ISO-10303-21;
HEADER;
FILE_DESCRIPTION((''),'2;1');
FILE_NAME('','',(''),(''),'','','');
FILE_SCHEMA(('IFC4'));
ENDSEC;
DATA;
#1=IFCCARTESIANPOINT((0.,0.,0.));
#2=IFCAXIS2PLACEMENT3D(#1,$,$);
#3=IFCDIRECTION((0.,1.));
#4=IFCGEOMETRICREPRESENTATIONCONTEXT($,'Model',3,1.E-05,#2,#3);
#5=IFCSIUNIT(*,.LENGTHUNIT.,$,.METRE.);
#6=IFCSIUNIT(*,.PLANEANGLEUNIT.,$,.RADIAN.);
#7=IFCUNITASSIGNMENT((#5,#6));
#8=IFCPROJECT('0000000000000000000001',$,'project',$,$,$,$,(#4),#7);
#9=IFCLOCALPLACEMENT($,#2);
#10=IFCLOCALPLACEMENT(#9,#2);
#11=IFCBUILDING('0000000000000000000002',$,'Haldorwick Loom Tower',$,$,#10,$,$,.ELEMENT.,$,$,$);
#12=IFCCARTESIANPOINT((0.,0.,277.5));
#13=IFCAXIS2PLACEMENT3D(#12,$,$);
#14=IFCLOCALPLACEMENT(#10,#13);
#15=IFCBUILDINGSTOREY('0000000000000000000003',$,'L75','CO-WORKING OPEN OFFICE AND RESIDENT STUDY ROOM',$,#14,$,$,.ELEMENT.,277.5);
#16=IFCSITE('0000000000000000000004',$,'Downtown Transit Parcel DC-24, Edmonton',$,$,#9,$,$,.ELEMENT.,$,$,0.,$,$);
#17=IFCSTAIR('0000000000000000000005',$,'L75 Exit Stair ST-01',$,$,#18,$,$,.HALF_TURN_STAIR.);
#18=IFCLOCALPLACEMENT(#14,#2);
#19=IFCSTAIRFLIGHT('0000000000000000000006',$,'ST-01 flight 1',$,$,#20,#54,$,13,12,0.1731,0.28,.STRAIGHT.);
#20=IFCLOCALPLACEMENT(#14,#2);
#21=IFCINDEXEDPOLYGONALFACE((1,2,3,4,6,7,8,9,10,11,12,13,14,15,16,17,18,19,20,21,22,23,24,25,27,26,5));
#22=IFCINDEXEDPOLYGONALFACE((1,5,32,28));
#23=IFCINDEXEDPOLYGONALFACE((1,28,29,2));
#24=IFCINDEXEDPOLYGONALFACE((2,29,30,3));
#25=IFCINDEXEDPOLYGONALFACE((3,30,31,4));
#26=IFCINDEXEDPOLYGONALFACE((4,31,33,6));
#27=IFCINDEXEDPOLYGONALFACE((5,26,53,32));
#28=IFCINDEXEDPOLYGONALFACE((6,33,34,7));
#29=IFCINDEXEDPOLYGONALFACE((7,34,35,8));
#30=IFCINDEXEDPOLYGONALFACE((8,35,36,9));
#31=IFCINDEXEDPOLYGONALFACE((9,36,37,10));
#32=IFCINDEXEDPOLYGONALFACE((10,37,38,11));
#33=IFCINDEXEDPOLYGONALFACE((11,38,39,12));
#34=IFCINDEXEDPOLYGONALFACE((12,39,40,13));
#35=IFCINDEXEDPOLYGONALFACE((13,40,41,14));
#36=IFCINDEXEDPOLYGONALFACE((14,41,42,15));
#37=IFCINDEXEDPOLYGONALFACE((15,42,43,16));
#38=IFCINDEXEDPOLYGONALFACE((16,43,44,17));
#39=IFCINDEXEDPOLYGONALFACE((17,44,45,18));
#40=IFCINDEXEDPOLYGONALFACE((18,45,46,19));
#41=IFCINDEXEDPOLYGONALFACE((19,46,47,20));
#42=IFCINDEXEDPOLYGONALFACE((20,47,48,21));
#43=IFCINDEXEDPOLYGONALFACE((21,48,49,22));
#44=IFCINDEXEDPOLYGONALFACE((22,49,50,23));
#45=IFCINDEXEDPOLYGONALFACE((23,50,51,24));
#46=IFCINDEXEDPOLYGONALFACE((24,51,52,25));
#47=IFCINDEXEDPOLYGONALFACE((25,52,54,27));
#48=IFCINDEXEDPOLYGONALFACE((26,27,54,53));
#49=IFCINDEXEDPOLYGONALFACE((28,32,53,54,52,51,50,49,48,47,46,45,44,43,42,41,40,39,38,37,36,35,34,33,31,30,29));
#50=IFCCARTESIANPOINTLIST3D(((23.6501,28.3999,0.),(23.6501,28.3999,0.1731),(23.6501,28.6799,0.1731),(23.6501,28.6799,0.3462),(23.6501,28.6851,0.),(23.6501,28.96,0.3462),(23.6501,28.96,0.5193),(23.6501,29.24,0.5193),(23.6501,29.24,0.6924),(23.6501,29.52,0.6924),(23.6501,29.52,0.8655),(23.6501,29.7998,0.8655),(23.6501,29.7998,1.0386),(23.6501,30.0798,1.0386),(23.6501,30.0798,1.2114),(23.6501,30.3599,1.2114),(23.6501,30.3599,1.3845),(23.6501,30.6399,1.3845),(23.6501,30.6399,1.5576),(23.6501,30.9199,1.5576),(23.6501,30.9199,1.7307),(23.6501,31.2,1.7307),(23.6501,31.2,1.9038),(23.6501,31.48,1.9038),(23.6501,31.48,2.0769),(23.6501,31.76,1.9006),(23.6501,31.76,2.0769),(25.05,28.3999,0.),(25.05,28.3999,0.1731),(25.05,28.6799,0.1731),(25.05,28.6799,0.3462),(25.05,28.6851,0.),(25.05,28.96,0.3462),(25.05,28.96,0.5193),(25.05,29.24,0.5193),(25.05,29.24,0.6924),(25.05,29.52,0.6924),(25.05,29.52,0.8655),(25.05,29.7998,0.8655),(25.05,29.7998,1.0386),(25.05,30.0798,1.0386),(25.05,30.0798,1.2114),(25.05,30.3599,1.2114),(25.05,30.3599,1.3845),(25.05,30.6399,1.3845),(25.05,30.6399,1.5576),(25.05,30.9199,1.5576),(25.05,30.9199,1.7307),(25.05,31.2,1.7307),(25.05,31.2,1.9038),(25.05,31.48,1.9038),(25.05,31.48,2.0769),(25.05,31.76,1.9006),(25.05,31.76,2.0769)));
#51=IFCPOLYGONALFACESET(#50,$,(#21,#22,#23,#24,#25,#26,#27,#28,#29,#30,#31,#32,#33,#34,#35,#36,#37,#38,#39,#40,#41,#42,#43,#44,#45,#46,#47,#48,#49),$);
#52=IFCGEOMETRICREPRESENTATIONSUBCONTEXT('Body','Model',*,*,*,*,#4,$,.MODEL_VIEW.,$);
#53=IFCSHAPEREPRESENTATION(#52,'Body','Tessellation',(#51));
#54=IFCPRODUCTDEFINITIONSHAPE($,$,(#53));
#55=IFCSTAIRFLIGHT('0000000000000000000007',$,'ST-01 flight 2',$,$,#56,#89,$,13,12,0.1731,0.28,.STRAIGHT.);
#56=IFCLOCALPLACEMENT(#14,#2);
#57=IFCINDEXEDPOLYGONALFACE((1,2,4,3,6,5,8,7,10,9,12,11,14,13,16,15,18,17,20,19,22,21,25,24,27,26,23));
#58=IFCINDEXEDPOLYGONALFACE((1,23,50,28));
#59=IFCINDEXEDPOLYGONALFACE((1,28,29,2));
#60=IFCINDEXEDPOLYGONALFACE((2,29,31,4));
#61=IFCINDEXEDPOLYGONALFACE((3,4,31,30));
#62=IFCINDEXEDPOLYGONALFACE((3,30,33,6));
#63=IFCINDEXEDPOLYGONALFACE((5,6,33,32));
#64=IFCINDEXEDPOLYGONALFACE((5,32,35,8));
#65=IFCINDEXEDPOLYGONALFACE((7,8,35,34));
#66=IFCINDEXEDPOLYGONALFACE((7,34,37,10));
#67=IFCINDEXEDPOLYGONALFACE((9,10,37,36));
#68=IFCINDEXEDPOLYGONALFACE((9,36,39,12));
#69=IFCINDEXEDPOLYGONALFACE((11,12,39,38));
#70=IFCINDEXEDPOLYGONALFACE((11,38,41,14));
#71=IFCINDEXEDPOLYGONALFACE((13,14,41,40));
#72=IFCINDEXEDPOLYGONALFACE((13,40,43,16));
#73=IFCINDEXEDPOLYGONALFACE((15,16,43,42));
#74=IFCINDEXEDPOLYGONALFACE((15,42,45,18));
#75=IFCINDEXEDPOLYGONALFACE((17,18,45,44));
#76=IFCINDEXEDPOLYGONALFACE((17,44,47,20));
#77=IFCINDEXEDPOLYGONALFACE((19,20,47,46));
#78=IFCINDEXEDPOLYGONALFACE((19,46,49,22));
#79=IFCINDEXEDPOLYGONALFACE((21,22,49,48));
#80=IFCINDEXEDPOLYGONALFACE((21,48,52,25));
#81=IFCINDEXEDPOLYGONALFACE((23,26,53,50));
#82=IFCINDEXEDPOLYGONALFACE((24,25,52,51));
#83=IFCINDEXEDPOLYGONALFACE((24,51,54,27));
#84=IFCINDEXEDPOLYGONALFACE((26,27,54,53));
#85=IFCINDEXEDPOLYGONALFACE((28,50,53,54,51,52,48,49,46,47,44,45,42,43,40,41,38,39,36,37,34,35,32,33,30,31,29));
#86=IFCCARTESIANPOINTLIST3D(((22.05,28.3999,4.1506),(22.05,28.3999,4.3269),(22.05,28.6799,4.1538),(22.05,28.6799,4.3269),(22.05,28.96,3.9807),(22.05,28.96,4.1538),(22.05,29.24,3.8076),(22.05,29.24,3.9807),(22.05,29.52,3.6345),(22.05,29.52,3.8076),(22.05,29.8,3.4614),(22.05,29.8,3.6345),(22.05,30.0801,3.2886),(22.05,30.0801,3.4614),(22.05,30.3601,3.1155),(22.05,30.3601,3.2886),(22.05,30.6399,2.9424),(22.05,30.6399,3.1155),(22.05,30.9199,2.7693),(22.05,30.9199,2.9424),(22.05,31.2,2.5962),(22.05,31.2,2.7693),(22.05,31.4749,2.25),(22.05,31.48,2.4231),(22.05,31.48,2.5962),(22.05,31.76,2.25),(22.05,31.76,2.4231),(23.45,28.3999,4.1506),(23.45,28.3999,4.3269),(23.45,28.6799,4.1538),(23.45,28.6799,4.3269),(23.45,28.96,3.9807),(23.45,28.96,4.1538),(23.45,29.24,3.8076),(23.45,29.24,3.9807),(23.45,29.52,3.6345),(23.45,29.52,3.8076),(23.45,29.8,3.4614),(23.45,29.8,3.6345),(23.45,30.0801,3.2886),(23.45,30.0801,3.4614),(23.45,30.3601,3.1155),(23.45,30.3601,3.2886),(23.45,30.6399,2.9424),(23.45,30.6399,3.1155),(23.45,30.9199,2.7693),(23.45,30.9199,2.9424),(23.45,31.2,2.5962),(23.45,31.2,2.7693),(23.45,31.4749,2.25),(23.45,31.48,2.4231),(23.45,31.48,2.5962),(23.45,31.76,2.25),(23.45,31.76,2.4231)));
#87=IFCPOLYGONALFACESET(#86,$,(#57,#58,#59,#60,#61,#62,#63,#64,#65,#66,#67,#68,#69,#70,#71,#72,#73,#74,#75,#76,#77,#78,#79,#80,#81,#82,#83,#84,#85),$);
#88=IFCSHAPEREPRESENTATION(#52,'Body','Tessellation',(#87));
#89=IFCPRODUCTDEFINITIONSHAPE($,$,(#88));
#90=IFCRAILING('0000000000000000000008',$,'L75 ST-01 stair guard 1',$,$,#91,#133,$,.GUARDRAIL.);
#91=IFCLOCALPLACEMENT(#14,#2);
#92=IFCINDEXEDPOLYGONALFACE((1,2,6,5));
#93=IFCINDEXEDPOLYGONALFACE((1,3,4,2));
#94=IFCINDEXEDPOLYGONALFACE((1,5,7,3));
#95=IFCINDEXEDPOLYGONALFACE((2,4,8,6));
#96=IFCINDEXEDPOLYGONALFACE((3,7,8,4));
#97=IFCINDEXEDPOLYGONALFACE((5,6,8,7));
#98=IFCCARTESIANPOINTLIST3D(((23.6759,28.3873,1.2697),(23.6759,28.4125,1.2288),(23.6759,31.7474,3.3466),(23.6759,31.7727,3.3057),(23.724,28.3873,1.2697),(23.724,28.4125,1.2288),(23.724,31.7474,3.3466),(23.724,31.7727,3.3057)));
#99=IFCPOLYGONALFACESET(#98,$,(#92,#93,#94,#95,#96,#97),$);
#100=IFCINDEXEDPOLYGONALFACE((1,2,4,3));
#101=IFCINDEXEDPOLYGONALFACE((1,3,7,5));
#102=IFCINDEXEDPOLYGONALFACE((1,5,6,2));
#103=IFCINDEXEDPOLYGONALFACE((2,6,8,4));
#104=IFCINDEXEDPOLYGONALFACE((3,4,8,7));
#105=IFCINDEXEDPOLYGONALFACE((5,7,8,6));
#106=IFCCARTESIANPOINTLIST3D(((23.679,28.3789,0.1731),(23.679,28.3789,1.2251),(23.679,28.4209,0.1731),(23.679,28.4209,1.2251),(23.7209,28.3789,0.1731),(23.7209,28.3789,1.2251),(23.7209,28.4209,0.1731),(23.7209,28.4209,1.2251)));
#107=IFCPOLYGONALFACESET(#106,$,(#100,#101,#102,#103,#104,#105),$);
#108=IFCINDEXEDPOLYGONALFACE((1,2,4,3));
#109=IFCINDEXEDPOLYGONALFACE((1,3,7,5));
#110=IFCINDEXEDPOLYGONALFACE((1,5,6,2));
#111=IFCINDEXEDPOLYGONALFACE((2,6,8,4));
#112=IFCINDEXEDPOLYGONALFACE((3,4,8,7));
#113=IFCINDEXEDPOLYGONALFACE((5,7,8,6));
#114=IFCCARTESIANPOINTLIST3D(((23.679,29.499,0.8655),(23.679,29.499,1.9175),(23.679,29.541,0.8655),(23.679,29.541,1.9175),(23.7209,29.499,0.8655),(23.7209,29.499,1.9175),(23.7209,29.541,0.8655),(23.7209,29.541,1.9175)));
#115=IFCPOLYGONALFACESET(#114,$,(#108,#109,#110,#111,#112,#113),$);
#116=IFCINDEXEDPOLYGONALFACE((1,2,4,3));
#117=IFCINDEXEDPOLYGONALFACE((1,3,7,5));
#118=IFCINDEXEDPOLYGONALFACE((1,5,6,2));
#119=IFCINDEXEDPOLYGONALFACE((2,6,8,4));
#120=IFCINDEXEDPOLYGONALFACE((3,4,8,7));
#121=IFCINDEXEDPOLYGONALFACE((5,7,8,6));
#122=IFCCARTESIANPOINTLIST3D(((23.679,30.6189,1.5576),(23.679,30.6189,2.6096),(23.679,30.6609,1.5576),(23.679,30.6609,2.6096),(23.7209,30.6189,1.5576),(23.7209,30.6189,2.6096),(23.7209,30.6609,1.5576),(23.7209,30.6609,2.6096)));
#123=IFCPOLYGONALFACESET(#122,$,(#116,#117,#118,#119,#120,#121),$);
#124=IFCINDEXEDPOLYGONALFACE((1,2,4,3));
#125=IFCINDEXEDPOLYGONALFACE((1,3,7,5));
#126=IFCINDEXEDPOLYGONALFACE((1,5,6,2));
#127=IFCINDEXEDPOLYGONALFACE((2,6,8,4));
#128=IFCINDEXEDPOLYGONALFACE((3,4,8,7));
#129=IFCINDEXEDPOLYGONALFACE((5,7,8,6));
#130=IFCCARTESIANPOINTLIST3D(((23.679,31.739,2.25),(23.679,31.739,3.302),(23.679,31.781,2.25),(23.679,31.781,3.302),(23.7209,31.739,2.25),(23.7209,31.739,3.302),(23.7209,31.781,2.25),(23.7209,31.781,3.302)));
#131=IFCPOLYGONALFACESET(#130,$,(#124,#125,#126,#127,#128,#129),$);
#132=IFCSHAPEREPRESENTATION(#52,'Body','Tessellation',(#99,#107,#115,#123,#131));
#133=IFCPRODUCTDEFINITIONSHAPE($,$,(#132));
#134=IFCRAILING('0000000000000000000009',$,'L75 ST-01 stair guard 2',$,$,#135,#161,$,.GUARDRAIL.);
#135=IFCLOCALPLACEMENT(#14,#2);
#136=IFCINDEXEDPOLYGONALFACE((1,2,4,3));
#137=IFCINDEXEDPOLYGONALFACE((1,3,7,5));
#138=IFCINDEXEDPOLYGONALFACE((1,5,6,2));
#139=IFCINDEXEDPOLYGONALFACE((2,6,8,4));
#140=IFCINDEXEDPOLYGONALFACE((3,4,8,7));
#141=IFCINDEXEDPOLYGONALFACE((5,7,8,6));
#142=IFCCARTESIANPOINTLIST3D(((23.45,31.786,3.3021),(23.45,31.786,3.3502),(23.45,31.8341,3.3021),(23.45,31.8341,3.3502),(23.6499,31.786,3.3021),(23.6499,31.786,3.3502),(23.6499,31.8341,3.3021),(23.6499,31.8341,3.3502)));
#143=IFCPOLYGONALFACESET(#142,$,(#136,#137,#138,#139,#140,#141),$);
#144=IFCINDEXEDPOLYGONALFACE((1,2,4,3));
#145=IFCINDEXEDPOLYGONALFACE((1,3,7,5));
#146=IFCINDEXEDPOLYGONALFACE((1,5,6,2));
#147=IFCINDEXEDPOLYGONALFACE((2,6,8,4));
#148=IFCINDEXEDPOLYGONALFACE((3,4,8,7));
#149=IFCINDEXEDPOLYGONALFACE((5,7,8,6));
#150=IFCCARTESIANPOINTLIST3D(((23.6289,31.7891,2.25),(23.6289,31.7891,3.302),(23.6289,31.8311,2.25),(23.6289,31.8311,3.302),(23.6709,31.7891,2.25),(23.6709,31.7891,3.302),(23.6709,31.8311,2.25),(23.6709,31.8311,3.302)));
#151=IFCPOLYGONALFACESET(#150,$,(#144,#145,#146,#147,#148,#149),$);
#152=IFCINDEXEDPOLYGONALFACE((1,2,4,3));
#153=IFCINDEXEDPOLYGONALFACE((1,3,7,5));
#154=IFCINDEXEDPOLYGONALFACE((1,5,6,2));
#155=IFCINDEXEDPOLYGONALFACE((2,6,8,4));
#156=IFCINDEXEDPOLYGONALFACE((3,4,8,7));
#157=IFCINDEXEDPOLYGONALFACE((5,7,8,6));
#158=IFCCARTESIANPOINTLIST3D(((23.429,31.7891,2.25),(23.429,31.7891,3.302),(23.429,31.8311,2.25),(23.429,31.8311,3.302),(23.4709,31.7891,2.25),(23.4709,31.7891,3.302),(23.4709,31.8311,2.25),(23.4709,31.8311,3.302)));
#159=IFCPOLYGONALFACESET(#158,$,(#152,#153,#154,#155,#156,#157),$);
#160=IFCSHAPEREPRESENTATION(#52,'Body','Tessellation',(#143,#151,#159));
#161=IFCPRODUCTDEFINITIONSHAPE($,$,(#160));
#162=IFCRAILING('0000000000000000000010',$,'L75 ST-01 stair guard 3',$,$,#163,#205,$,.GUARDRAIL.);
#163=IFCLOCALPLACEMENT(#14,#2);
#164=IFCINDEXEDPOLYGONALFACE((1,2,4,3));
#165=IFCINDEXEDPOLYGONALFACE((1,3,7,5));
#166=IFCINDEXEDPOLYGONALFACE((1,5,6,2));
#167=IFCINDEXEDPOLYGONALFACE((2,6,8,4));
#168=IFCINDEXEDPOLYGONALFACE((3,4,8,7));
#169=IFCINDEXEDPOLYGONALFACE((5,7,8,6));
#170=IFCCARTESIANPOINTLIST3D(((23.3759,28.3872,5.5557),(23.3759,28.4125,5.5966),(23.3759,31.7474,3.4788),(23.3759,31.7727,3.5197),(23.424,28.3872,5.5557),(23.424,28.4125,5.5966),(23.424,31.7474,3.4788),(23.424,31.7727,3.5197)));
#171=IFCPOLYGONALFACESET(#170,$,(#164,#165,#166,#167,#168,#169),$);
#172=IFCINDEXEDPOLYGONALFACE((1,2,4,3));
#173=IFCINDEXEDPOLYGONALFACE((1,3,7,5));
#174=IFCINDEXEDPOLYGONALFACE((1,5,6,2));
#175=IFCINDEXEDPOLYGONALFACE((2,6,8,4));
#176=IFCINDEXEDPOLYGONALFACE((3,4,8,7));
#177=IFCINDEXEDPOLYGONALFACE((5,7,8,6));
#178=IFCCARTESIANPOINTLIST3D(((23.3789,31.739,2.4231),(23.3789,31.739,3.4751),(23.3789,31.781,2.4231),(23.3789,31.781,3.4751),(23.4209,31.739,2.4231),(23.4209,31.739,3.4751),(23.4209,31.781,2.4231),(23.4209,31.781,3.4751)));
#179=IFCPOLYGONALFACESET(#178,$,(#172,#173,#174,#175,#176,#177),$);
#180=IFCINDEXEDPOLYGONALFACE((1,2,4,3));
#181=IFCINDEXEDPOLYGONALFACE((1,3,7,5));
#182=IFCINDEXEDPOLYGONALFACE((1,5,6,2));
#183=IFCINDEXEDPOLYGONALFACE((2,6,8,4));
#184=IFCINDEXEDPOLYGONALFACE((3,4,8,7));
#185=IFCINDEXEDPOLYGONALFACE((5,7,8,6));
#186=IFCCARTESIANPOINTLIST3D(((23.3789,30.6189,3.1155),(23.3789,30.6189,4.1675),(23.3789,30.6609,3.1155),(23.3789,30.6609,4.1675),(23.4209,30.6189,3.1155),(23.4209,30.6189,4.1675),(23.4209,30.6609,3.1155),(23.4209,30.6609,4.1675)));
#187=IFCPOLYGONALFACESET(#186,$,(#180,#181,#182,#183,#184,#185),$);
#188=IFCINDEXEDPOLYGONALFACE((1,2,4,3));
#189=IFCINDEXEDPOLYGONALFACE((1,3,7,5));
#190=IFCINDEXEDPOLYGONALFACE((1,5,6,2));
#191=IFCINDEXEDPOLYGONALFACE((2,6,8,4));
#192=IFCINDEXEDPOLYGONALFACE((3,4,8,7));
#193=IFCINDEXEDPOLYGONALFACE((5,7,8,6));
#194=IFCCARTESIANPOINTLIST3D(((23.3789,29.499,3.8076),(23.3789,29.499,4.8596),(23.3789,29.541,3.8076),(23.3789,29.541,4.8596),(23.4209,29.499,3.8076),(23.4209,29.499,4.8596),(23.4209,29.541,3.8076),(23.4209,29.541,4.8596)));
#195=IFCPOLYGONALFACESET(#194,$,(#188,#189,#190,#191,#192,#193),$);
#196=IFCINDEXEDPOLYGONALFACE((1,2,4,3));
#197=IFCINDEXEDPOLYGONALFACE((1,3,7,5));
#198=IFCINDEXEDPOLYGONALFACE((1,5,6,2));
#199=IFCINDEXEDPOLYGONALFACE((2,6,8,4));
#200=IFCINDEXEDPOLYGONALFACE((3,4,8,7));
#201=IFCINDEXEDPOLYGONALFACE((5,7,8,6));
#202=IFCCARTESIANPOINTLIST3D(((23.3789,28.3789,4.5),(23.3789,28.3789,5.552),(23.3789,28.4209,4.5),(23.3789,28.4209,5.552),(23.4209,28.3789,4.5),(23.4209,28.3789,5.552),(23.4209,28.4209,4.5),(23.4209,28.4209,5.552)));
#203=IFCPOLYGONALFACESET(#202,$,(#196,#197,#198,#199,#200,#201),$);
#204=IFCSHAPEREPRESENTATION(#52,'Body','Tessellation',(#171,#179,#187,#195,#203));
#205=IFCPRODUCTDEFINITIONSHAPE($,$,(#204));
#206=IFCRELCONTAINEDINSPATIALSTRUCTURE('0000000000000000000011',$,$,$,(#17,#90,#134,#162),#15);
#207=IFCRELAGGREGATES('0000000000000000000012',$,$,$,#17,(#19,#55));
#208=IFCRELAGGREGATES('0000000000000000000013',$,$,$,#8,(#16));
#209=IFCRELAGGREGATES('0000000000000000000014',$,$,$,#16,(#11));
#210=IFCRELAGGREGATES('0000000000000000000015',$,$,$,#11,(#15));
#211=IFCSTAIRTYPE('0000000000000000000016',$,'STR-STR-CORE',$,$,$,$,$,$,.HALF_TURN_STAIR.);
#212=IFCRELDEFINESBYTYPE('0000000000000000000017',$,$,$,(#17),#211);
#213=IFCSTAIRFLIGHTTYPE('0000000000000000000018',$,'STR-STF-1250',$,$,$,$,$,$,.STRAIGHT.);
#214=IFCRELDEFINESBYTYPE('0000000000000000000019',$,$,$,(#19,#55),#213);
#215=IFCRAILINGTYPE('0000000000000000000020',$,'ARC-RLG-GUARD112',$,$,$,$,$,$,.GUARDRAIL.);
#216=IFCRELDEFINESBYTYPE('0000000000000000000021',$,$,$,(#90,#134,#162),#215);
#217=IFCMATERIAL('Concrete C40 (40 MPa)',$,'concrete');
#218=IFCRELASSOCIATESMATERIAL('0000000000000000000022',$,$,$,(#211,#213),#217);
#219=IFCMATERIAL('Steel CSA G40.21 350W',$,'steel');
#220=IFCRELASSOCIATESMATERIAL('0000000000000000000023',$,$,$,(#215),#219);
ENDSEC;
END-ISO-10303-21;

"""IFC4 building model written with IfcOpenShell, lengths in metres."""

from ifc_helpers import new_model, si_unit, direction, frame, origin, origin_2d, place, context, subcontext, project, spatial, polyline, rectangle, outline, extrude, material, type_object, element, aggregate, save


model = new_model("IFC4")

# Units and contexts
model_context = context("Model", 3, precision=1e-05, world=origin(), true_north=direction((0.0, 1.0)))
body_context = subcontext(model_context, "Body", "Model", "MODEL_VIEW")
ifc_project = project(units=[si_unit("LENGTHUNIT", "METRE"), si_unit("PLANEANGLEUNIT", "RADIAN")], contexts=[model_context])

# Site, building, storey
site_placement = place(None, origin())
site = spatial("IfcSite", under=ifc_project, at=site_placement, Name="Downtown Transit Parcel DC-24, Edmonton", CompositionType="ELEMENT", RefElevation=0.0)
building_placement = place(site_placement, origin())
building = spatial("IfcBuilding", under=site, at=building_placement, Name="Haldorwick Loom Tower", CompositionType="ELEMENT")
storey_placement = place(building_placement, frame((0.0, 0.0, 277.5)))
storey = spatial("IfcBuildingStorey", under=building, at=storey_placement, Name="L75", Description="CO-WORKING OPEN OFFICE AND RESIDENT STUDY ROOM", CompositionType="ELEMENT", Elevation=277.5)

# Shared definitions
ifc_material_1 = material(Name="Steel CSA G40.21 350W", Category="steel")

# Stair, stair flights
ifc_material_2 = material(Name="Concrete C40 (40 MPa)", Category="concrete")
stair_type = type_object("IfcStairType", Name="STR-STR-CORE", PredefinedType="HALF_TURN_STAIR", material=ifc_material_2)
stair_placement = place(storey_placement, origin())
stair = element("IfcStair", 1, at=stair_placement, inside=storey, type_object=stair_type, Name="L75 Exit Stair ST-01", PredefinedType="HALF_TURN_STAIR")
stair_flight_type = type_object("IfcStairFlightType", Name="STR-STF-1250", PredefinedType="STRAIGHT", material=ifc_material_2)
stair_flight_1_placement = place(storey_placement, frame((24.3501, 28.3999, 0.0), z_axis=(0.0, 0.0, 1.0), x_axis=(0.0, 1.0, 0.0)))
stair_flight_1 = element("IfcStairFlight", 2, at=stair_flight_1_placement, type_object=stair_flight_type, Name="ST-01 flight 1", NumberOfRisers=13, NumberOfTreads=12, PredefinedType="STRAIGHT", RiserHeight=0.1731, TreadLength=0.28, context=body_context, shape_type="SweptSolid", body=[
    extrude(outline(polyline([(0.0, 0.0), (0.0, 0.1731), (0.28, 0.1731), (0.28, 0.3462), (0.5601, 0.3462), (0.5601, 0.5193), (0.8401, 0.5193), (0.8401, 0.6924), (1.1201, 0.6924), (1.1201, 0.8655), (1.3999, 0.8655), (1.3999, 1.0386), (1.6799, 1.0386), (1.6799, 1.2114), (1.96, 1.2114), (1.96, 1.3845), (2.24, 1.3845), (2.24, 1.5576), (2.52, 1.5576), (2.52, 1.7307), (2.8, 1.7307), (2.8, 1.9038), (3.0801, 1.9038), (3.0801, 2.0769), (3.3601, 2.0769), (3.3601, 2.25), (3.3601, 1.9006), (0.2852, 0.0), (0.0, 0.0)])), frame((0.0, 0.7, 0.0), z_axis=(0.0, -1.0, 0.0), x_axis=(1.0, 0.0, 0.0)), (0.0, 0.0, 1.0), 1.3999),
])
stair_flight_2_placement = place(storey_placement, frame((22.75, 31.76, 2.25), z_axis=(0.0, 0.0, 1.0), x_axis=(0.0, -1.0, 0.0)))
stair_flight_2 = element("IfcStairFlight", 3, at=stair_flight_2_placement, type_object=stair_flight_type, Name="ST-01 flight 2", NumberOfRisers=13, NumberOfTreads=12, PredefinedType="STRAIGHT", RiserHeight=0.1731, TreadLength=0.28, context=body_context, shape_type="SweptSolid", body=[
    extrude(outline(polyline([(0.0, 0.0), (0.0, 0.1731), (0.28, 0.1731), (0.28, 0.3462), (0.5601, 0.3462), (0.5601, 0.5193), (0.8401, 0.5193), (0.8401, 0.6924), (1.1201, 0.6924), (1.1201, 0.8655), (1.3999, 0.8655), (1.3999, 1.0386), (1.6799, 1.0386), (1.6799, 1.2114), (1.96, 1.2114), (1.96, 1.3845), (2.24, 1.3845), (2.24, 1.5576), (2.52, 1.5576), (2.52, 1.7307), (2.8, 1.7307), (2.8, 1.9038), (3.0801, 1.9038), (3.0801, 2.0769), (3.3601, 2.0769), (3.3601, 2.25), (3.3601, 1.9006), (0.2852, 0.0), (0.0, 0.0)])), frame((0.0, 0.7, 0.0), z_axis=(0.0, -1.0, 0.0), x_axis=(1.0, 0.0, 0.0)), (0.0, 0.0, 1.0), 1.3999),
])
aggregate(stair, [stair_flight_1, stair_flight_2])

# Railings
railing_type_1 = type_object("IfcRailingType", Name="ARC-RLG-GUARD112", PredefinedType="GUARDRAIL", material=ifc_material_1)
railing_1_placement = place(storey_placement, frame((23.7, 28.3999, 0.1731)))
element("IfcRailing", 4, at=railing_1_placement, inside=storey, type_object=railing_type_1, Name="L75 ST-01 stair guard 1", PredefinedType="GUARDRAIL", context=body_context, shape_type="SweptSolid", body=[
    extrude(rectangle(XDim=0.0481, YDim=0.0481, at=origin_2d()), frame((0.0, 0.0, 1.0762), z_axis=(0.0, 0.850623, 0.525776), x_axis=(-1.0, 0.0, 0.0)), (0.0, 0.0, 1.0), 3.9502),
    extrude(rectangle(XDim=0.042, YDim=0.042, at=origin_2d()), origin(), (0.0, 0.0, 1.0), 1.052),
    extrude(rectangle(XDim=0.042, YDim=0.042, at=origin_2d()), frame((0.0, 1.1201, 0.6924)), (0.0, 0.0, 1.0), 1.052),
    extrude(rectangle(XDim=0.042, YDim=0.042, at=origin_2d()), frame((0.0, 2.24, 1.3845)), (0.0, 0.0, 1.0), 1.052),
    extrude(rectangle(XDim=0.042, YDim=0.042, at=origin_2d()), frame((0.0, 3.3601, 2.0769)), (0.0, 0.0, 1.0), 1.052),
])
railing_2_placement = place(storey_placement, frame((23.6499, 31.8101, 2.25)))
element("IfcRailing", 5, at=railing_2_placement, inside=storey, type_object=railing_type_1, Name="L75 ST-01 stair guard 2", PredefinedType="GUARDRAIL", context=body_context, shape_type="SweptSolid", body=[
    extrude(rectangle(XDim=0.0481, YDim=0.0481, at=origin_2d()), frame((0.0, 0.0, 1.0762), z_axis=(-1.0, 0.0, 0.0), x_axis=(0.0, -1.0, 0.0)), (0.0, 0.0, 1.0), 0.2),
    extrude(rectangle(XDim=0.042, YDim=0.042, at=origin_2d()), origin(), (0.0, 0.0, 1.0), 1.052),
    extrude(rectangle(XDim=0.042, YDim=0.042, at=origin_2d()), frame((-0.2, 0.0, 0.0)), (0.0, 0.0, 1.0), 1.052),
])
railing_3_placement = place(storey_placement, frame((23.3999, 31.76, 2.4231)))
element("IfcRailing", 6, at=railing_3_placement, inside=storey, type_object=railing_type_1, Name="L75 ST-01 stair guard 3", PredefinedType="GUARDRAIL", context=body_context, shape_type="SweptSolid", body=[
    extrude(rectangle(XDim=0.0481, YDim=0.0481, at=origin_2d()), frame((0.0, 0.0, 1.0762), z_axis=(0.0, -0.850623, 0.525776), x_axis=(1.0, 0.0, 0.0)), (0.0, 0.0, 1.0), 3.9502),
    extrude(rectangle(XDim=0.042, YDim=0.042, at=origin_2d()), origin(), (0.0, 0.0, 1.0), 1.052),
    extrude(rectangle(XDim=0.042, YDim=0.042, at=origin_2d()), frame((0.0, -1.1201, 0.6924)), (0.0, 0.0, 1.0), 1.052),
    extrude(rectangle(XDim=0.042, YDim=0.042, at=origin_2d()), frame((0.0, -2.24, 1.3845)), (0.0, 0.0, 1.0), 1.052),
    extrude(rectangle(XDim=0.042, YDim=0.042, at=origin_2d()), frame((0.0, -3.3601, 2.0769)), (0.0, 0.0, 1.0), 1.052),
])

save(model, "model.ifc")
